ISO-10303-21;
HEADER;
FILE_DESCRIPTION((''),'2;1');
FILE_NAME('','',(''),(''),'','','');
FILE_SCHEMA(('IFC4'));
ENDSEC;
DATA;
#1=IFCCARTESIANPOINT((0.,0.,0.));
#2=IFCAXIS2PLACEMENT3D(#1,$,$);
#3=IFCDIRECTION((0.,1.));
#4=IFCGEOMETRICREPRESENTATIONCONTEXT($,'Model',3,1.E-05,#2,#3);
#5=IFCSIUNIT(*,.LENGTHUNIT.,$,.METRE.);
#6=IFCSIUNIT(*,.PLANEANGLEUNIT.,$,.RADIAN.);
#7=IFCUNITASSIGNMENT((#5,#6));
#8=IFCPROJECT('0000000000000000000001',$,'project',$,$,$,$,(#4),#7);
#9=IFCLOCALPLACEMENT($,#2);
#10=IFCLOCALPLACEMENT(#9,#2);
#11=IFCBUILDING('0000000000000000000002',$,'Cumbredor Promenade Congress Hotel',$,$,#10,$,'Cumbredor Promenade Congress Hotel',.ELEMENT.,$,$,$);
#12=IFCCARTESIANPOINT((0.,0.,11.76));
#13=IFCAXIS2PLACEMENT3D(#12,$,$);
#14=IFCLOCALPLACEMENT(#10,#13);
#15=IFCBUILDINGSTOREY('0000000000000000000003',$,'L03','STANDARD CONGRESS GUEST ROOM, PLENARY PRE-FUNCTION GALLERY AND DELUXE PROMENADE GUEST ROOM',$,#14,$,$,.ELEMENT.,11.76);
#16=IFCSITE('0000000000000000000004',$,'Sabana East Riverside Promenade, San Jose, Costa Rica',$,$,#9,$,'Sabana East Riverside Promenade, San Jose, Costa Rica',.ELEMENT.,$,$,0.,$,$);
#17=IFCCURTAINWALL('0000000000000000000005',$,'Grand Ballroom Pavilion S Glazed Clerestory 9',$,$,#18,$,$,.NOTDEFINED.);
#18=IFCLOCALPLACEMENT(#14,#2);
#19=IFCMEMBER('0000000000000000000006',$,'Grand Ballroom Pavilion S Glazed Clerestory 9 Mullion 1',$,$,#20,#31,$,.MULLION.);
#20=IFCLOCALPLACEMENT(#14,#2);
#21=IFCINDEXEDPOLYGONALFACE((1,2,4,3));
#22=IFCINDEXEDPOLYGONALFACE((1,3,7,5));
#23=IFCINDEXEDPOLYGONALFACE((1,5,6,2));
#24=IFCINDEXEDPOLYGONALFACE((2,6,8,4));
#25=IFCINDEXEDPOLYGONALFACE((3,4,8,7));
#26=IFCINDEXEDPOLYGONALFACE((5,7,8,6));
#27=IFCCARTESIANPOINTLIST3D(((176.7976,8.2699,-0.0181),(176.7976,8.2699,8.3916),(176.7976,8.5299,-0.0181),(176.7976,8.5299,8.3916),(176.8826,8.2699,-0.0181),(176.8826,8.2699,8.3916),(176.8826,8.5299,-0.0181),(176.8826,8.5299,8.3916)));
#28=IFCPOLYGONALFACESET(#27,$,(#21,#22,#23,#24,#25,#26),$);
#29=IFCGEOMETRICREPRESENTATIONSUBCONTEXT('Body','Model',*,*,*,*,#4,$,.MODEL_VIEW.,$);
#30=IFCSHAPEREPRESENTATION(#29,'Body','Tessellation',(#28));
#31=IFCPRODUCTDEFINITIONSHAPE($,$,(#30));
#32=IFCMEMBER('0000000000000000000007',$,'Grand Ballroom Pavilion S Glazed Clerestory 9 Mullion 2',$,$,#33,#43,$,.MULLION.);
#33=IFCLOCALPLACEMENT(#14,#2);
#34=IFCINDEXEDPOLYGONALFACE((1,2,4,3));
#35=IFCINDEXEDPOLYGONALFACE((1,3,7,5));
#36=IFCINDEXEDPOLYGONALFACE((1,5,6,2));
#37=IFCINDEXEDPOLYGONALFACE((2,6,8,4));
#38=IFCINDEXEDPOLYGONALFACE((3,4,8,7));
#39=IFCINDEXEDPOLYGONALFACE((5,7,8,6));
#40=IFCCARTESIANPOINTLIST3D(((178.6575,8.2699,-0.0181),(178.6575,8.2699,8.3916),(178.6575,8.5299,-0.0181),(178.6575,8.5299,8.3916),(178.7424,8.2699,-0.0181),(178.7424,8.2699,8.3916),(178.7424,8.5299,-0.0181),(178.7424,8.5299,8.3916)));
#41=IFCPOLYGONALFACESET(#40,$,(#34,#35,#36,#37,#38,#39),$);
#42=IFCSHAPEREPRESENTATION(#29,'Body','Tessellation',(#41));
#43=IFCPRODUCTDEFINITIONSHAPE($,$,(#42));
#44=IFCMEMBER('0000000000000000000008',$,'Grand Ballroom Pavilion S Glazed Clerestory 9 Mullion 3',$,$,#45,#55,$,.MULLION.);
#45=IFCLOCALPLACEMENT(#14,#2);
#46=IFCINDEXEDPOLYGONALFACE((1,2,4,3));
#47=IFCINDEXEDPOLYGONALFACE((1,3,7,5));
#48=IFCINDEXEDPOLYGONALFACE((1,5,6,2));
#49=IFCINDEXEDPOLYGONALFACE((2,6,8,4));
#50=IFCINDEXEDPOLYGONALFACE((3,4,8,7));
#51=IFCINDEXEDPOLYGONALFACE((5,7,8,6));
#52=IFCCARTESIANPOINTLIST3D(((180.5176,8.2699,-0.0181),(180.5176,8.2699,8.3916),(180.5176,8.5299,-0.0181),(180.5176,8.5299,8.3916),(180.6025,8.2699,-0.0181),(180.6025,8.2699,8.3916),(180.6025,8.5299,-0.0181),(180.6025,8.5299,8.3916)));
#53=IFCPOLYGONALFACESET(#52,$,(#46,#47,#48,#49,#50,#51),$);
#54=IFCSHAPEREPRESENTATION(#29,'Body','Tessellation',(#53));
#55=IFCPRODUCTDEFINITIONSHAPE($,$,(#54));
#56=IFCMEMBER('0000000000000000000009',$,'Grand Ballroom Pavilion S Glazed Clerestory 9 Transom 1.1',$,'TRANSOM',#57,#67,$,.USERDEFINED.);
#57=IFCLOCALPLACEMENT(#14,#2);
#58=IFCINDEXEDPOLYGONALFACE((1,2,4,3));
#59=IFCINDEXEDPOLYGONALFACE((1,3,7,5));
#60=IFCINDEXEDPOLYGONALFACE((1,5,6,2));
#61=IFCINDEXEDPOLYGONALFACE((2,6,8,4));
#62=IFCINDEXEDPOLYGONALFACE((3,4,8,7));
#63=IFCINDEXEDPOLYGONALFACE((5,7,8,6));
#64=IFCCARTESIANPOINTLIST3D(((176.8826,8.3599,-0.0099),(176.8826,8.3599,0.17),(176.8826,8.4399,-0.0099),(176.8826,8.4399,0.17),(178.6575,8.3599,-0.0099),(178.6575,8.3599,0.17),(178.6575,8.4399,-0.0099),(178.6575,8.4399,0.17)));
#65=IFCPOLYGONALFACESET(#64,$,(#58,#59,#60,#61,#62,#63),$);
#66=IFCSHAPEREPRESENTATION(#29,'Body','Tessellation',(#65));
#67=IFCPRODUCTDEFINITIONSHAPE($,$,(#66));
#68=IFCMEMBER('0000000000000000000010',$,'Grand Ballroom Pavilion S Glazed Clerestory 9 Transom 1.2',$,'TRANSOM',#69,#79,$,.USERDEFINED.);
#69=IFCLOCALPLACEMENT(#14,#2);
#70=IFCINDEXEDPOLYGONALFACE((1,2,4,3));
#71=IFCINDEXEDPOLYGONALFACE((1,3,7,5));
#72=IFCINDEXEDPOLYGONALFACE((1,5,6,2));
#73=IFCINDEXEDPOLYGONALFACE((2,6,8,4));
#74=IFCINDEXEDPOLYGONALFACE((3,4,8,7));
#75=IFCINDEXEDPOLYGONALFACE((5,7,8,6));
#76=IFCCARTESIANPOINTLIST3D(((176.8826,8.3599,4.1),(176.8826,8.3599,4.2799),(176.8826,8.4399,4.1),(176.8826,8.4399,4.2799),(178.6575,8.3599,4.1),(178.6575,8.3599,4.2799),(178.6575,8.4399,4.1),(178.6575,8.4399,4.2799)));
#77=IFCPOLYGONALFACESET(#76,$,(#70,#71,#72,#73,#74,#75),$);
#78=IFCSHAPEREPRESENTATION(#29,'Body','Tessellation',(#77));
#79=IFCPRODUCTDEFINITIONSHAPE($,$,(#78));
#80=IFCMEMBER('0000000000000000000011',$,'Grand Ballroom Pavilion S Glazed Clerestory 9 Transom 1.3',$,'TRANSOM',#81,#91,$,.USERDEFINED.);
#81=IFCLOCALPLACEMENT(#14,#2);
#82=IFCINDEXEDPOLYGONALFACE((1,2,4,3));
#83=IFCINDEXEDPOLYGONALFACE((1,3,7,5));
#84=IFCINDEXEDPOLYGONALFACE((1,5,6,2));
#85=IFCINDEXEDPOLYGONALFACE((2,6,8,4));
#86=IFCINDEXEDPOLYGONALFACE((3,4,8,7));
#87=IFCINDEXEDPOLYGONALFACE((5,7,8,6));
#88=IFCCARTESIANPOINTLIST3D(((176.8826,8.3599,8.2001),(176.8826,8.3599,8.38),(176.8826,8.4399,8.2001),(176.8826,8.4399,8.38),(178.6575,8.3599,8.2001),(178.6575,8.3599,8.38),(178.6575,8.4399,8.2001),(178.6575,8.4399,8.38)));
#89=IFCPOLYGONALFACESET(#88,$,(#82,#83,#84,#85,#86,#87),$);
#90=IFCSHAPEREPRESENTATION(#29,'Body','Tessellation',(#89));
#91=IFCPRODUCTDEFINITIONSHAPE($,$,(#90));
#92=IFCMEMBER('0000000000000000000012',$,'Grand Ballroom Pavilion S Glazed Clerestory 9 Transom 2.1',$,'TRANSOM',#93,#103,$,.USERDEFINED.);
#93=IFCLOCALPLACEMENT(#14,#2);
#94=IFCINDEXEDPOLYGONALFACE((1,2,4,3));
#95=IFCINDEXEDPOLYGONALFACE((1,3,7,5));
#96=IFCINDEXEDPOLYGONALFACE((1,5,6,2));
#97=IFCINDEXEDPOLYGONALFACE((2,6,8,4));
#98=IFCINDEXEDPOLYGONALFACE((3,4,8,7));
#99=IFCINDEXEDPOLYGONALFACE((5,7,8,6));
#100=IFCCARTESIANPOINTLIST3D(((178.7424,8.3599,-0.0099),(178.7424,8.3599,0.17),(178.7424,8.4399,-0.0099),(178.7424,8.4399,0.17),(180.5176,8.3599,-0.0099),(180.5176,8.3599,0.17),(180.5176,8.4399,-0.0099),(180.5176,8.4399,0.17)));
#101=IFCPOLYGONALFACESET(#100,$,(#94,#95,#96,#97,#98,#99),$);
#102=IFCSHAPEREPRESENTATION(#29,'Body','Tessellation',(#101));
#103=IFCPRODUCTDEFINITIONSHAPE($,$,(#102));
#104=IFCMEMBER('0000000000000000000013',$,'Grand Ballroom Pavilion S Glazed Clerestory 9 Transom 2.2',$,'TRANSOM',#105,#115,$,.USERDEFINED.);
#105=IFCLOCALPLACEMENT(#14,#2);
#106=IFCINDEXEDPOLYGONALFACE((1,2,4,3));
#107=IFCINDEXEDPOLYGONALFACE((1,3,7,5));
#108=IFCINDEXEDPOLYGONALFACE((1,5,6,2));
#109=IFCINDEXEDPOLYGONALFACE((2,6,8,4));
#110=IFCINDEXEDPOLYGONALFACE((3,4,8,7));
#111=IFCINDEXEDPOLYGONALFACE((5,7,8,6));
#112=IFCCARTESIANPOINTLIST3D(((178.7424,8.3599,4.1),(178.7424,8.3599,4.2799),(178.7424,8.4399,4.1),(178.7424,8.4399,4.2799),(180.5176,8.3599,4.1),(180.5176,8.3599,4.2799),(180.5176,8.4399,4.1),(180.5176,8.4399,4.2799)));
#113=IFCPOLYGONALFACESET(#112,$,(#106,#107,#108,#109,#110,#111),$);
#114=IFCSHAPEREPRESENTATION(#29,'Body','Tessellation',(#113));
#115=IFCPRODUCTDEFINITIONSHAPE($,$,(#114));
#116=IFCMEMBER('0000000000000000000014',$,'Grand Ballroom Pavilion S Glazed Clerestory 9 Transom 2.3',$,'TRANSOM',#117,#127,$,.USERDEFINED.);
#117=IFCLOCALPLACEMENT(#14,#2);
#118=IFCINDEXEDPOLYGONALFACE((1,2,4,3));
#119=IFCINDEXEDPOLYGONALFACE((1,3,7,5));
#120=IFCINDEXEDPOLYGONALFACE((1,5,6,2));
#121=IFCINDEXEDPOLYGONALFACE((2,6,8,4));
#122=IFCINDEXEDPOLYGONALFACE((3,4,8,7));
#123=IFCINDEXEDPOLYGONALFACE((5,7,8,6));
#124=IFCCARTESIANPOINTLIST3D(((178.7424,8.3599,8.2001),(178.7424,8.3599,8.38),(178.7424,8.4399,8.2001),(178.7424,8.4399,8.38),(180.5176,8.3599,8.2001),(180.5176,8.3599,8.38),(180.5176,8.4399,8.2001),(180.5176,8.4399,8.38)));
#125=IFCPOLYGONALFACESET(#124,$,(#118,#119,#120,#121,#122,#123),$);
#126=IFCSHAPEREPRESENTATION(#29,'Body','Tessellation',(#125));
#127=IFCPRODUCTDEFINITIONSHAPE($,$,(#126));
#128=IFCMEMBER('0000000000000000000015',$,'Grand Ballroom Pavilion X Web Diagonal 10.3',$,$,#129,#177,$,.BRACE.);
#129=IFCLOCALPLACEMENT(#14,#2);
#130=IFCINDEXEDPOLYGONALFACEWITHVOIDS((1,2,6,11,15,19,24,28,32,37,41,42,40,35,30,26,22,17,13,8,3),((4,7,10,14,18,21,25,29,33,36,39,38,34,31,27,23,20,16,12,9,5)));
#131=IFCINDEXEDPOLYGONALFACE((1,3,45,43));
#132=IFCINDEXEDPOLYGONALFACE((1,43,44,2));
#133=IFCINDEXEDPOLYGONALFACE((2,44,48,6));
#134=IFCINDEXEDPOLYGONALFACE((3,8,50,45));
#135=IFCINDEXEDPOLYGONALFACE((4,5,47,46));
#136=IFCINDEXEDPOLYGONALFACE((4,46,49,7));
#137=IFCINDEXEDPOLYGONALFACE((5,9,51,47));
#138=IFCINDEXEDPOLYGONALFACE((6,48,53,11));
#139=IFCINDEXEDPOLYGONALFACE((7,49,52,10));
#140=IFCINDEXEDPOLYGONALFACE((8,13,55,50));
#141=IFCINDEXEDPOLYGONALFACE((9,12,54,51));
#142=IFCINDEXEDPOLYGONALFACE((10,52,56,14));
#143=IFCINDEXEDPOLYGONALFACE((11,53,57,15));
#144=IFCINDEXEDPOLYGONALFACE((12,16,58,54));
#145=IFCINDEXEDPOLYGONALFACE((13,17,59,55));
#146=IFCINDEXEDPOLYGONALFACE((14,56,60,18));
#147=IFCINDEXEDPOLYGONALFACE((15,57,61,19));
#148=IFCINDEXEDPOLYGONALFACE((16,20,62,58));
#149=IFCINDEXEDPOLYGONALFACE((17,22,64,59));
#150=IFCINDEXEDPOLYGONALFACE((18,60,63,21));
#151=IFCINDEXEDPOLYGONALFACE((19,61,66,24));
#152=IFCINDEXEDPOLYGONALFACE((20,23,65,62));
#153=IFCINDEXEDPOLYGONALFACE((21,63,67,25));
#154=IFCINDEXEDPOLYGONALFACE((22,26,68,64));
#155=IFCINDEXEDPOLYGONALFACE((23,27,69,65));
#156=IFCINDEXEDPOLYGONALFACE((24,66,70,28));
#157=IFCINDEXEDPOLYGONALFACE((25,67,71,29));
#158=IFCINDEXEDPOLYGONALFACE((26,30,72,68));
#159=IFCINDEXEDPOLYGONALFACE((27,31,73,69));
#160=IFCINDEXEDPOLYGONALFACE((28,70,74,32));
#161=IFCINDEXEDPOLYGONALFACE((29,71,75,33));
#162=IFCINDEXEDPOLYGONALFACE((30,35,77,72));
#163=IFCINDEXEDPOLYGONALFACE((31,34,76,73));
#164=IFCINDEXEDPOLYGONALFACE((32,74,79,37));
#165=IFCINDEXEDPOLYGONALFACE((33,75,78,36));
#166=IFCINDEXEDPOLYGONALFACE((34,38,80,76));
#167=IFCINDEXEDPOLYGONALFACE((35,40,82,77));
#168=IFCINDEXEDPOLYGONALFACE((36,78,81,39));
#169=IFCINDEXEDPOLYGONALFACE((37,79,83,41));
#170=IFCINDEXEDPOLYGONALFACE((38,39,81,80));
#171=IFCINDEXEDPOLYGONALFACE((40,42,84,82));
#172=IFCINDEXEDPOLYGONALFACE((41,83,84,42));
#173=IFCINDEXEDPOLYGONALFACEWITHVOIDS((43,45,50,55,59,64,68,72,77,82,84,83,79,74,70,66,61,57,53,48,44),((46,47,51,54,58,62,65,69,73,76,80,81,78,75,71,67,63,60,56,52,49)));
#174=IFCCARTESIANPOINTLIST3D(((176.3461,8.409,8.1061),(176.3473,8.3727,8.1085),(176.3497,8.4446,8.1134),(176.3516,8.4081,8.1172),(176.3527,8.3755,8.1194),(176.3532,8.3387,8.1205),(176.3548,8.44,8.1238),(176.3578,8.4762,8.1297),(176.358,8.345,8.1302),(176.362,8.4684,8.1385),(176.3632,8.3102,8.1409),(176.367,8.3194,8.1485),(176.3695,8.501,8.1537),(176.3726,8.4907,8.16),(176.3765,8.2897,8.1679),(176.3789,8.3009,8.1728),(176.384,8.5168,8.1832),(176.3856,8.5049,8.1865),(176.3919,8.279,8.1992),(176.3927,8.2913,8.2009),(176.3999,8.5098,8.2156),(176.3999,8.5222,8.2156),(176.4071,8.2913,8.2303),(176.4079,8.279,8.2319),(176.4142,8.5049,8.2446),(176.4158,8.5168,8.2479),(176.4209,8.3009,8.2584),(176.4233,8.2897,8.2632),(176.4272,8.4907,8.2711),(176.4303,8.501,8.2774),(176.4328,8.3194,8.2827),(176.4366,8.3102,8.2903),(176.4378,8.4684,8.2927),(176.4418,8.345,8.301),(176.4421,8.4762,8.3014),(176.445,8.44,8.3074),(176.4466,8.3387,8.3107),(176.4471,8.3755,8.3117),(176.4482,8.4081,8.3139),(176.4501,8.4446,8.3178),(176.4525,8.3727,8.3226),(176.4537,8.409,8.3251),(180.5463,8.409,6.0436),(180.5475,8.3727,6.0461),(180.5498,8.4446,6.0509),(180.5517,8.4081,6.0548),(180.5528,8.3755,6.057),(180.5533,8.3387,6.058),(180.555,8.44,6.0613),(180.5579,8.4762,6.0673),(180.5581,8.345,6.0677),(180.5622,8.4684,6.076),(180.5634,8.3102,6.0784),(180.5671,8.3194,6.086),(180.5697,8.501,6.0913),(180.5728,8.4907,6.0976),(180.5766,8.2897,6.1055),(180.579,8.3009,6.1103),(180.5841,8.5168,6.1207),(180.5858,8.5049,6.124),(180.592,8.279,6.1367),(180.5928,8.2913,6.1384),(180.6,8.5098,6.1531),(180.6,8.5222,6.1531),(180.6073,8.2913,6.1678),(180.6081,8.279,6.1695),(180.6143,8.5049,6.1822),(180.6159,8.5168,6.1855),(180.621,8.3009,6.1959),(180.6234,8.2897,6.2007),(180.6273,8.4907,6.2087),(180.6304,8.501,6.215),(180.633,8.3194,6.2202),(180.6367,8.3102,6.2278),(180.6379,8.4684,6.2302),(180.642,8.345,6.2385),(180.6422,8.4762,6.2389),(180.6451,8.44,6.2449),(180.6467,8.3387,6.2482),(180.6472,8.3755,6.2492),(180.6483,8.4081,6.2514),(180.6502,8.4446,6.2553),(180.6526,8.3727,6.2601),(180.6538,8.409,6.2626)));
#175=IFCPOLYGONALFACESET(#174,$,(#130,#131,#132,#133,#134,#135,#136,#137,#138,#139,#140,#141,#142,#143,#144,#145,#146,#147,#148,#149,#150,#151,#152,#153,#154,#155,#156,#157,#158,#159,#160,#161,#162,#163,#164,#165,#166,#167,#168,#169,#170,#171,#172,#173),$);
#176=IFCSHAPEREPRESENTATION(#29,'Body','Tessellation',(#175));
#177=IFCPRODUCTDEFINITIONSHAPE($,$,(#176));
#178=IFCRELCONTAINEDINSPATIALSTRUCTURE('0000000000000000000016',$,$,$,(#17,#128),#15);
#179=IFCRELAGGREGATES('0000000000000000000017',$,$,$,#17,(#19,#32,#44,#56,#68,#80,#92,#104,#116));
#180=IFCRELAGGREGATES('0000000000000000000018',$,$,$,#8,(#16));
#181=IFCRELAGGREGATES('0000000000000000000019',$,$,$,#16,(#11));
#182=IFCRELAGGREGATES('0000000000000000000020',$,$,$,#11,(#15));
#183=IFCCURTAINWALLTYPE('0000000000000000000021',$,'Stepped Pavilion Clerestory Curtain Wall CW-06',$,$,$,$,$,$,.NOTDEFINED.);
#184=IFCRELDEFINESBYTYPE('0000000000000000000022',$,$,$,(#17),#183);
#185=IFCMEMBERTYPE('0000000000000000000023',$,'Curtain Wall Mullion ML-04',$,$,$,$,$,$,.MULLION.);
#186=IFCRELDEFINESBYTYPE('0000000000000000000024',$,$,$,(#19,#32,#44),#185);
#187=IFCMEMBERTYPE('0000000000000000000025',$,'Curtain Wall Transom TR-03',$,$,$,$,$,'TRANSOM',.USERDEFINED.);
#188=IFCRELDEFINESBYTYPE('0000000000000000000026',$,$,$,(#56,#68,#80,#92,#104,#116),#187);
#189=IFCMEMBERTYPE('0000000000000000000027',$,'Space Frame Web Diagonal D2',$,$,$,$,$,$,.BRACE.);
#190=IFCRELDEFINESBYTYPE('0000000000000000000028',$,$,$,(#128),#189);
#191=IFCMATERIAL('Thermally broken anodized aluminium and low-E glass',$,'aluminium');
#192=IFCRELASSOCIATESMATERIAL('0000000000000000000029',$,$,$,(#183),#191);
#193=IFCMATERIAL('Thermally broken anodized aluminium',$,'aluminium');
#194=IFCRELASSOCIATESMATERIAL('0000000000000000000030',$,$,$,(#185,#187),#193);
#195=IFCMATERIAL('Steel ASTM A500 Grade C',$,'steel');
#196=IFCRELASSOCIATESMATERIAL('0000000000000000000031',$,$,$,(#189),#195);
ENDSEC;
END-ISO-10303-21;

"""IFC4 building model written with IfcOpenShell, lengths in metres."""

from ifc_helpers import new_model, si_unit, direction, frame, origin, origin_2d, place, context, subcontext, project, spatial, rectangle, hollow_circle, extrude, material, material_profile, profile_set, type_object, element, aggregate, save


model = new_model("IFC4")

# Units and contexts
model_context = context("Model", 3, precision=1e-05, world=origin(), true_north=direction((0.0, 1.0)))
body_context = subcontext(model_context, "Body", "Model", "MODEL_VIEW")
ifc_project = project(units=[si_unit("LENGTHUNIT", "METRE"), si_unit("PLANEANGLEUNIT", "RADIAN")], contexts=[model_context])

# Site, building, storey
site_placement = place(None, origin())
site = spatial("IfcSite", under=ifc_project, at=site_placement, Name="Sabana East Riverside Promenade, San Jose, Costa Rica", LongName="Sabana East Riverside Promenade, San Jose, Costa Rica", CompositionType="ELEMENT", RefElevation=0.0)
building_placement = place(site_placement, origin())
building = spatial("IfcBuilding", under=site, at=building_placement, Name="Cumbredor Promenade Congress Hotel", LongName="Cumbredor Promenade Congress Hotel", CompositionType="ELEMENT")
storey_placement = place(building_placement, frame((0.0, 0.0, 11.76)))
storey = spatial("IfcBuildingStorey", under=building, at=storey_placement, Name="L03", Description="STANDARD CONGRESS GUEST ROOM, PLENARY PRE-FUNCTION GALLERY AND DELUXE PROMENADE GUEST ROOM", CompositionType="ELEMENT", Elevation=11.76)

# Shared definitions
ifc_material_1 = material(Name="Steel ASTM A500 Grade C", Category="steel")

# Curtain wall, members
ifc_material_2 = material(Name="Thermally broken anodized aluminium and low-E glass", Category="aluminium")
curtain_wall_type = type_object("IfcCurtainWallType", Name="Stepped Pavilion Clerestory Curtain Wall CW-06", PredefinedType="NOTDEFINED", material=ifc_material_2)
curtain_wall_placement = place(storey_placement, origin())
curtain_wall = element("IfcCurtainWall", 1, at=curtain_wall_placement, inside=storey, type_object=curtain_wall_type, Name="Grand Ballroom Pavilion S Glazed Clerestory 9", PredefinedType="NOTDEFINED")
ifc_material_3 = material(Name="Thermally broken anodized aluminium", Category="aluminium")
ifc_material_profile_1 = material_profile(ifc_material_3, rectangle(XDim=0.085, YDim=0.26, at=origin_2d()), Name="ALU MULLION CLERESTORY 85x260")
ifc_profile_set_1 = profile_set([ifc_material_profile_1], Name="Thermally broken anodized aluminium")
member_type_1 = type_object("IfcMemberType", Name="Curtain Wall Mullion ML-04", PredefinedType="MULLION", material=ifc_profile_set_1)
member_1_placement = place(storey_placement, frame((176.8401, 8.3999, -0.0181), z_axis=(0.0, 0.0, 1.0), x_axis=(1.0, 0.0, 0.0)))
member_1 = element("IfcMember", 2, at=member_1_placement, type_object=member_type_1, Name="Grand Ballroom Pavilion S Glazed Clerestory 9 Mullion 1", PredefinedType="MULLION", context=body_context, shape_type="SweptSolid", body=[
    extrude(rectangle(XDim=0.085, YDim=0.26, at=origin_2d()), origin(), (0.0, 0.0, 1.0), 8.4097),
])
member_2_placement = place(storey_placement, frame((178.7, 8.3999, -0.0181), z_axis=(0.0, 0.0, 1.0), x_axis=(1.0, 0.0, 0.0)))
member_2 = element("IfcMember", 3, at=member_2_placement, type_object=member_type_1, Name="Grand Ballroom Pavilion S Glazed Clerestory 9 Mullion 2", PredefinedType="MULLION", context=body_context, shape_type="SweptSolid", body=[
    extrude(rectangle(XDim=0.085, YDim=0.26, at=origin_2d()), origin(), (0.0, 0.0, 1.0), 8.4097),
])
member_3_placement = place(storey_placement, frame((180.5601, 8.3999, -0.0181), z_axis=(0.0, 0.0, 1.0), x_axis=(1.0, 0.0, 0.0)))
member_3 = element("IfcMember", 4, at=member_3_placement, type_object=member_type_1, Name="Grand Ballroom Pavilion S Glazed Clerestory 9 Mullion 3", PredefinedType="MULLION", context=body_context, shape_type="SweptSolid", body=[
    extrude(rectangle(XDim=0.085, YDim=0.26, at=origin_2d()), origin(), (0.0, 0.0, 1.0), 8.4097),
])
ifc_material_profile_2 = material_profile(ifc_material_3, rectangle(XDim=0.0801, YDim=0.1799, at=origin_2d()), Name="ALU TRANSOM 80x180")
ifc_profile_set_2 = profile_set([ifc_material_profile_2], Name="Thermally broken anodized aluminium")
member_type_2 = type_object("IfcMemberType", Name="Curtain Wall Transom TR-03", ElementType="TRANSOM", PredefinedType="USERDEFINED", material=ifc_profile_set_2)
member_4_placement = place(storey_placement, frame((176.8826, 8.3999, 0.0801), z_axis=(1.0, 0.0, 0.0), x_axis=(0.0, 1.0, 0.0)))
member_4 = element("IfcMember", 5, at=member_4_placement, type_object=member_type_2, Name="Grand Ballroom Pavilion S Glazed Clerestory 9 Transom 1.1", ObjectType="TRANSOM", PredefinedType="USERDEFINED", context=body_context, shape_type="SweptSolid", body=[
    extrude(rectangle(XDim=0.0801, YDim=0.1799, at=origin_2d()), origin(), (0.0, 0.0, 1.0), 1.7749),
])
member_5_placement = place(storey_placement, frame((176.8826, 8.3999, 4.1899), z_axis=(1.0, 0.0, 0.0), x_axis=(0.0, 1.0, 0.0)))
member_5 = element("IfcMember", 6, at=member_5_placement, type_object=member_type_2, Name="Grand Ballroom Pavilion S Glazed Clerestory 9 Transom 1.2", ObjectType="TRANSOM", PredefinedType="USERDEFINED", context=body_context, shape_type="SweptSolid", body=[
    extrude(rectangle(XDim=0.0801, YDim=0.1799, at=origin_2d()), origin(), (0.0, 0.0, 1.0), 1.7749),
])
member_6_placement = place(storey_placement, frame((176.8826, 8.3999, 8.29), z_axis=(1.0, 0.0, 0.0), x_axis=(0.0, 1.0, 0.0)))
member_6 = element("IfcMember", 7, at=member_6_placement, type_object=member_type_2, Name="Grand Ballroom Pavilion S Glazed Clerestory 9 Transom 1.3", ObjectType="TRANSOM", PredefinedType="USERDEFINED", context=body_context, shape_type="SweptSolid", body=[
    extrude(rectangle(XDim=0.0801, YDim=0.1799, at=origin_2d()), origin(), (0.0, 0.0, 1.0), 1.7749),
])
member_7_placement = place(storey_placement, frame((178.7424, 8.3999, 0.0801), z_axis=(1.0, 0.0, 0.0), x_axis=(0.0, 1.0, 0.0)))
member_7 = element("IfcMember", 8, at=member_7_placement, type_object=member_type_2, Name="Grand Ballroom Pavilion S Glazed Clerestory 9 Transom 2.1", ObjectType="TRANSOM", PredefinedType="USERDEFINED", context=body_context, shape_type="SweptSolid", body=[
    extrude(rectangle(XDim=0.0801, YDim=0.1799, at=origin_2d()), origin(), (0.0, 0.0, 1.0), 1.7751),
])
member_8_placement = place(storey_placement, frame((178.7424, 8.3999, 4.1899), z_axis=(1.0, 0.0, 0.0), x_axis=(0.0, 1.0, 0.0)))
member_8 = element("IfcMember", 9, at=member_8_placement, type_object=member_type_2, Name="Grand Ballroom Pavilion S Glazed Clerestory 9 Transom 2.2", ObjectType="TRANSOM", PredefinedType="USERDEFINED", context=body_context, shape_type="SweptSolid", body=[
    extrude(rectangle(XDim=0.0801, YDim=0.1799, at=origin_2d()), origin(), (0.0, 0.0, 1.0), 1.7751),
])
member_9_placement = place(storey_placement, frame((178.7424, 8.3999, 8.29), z_axis=(1.0, 0.0, 0.0), x_axis=(0.0, 1.0, 0.0)))
member_9 = element("IfcMember", 10, at=member_9_placement, type_object=member_type_2, Name="Grand Ballroom Pavilion S Glazed Clerestory 9 Transom 2.3", ObjectType="TRANSOM", PredefinedType="USERDEFINED", context=body_context, shape_type="SweptSolid", body=[
    extrude(rectangle(XDim=0.0801, YDim=0.1799, at=origin_2d()), origin(), (0.0, 0.0, 1.0), 1.7751),
])

# Member
ifc_material_profile_3 = material_profile(ifc_material_1, hollow_circle(Radius=0.1223, WallThickness=0.0125, at=origin_2d()), Name="CHS 244.5x12.5")
ifc_profile_set_3 = profile_set([ifc_material_profile_3], Name="Steel ASTM A500 Grade C")
member_type_3 = type_object("IfcMemberType", Name="Space Frame Web Diagonal D2", PredefinedType="BRACE", material=ifc_profile_set_3)
member_10_placement = place(storey_placement, frame((176.3999, 8.3999, 8.2156), z_axis=(0.897618, 0.0, -0.440774), x_axis=(0.0, 1.0, 0.0)))
element("IfcMember", 11, at=member_10_placement, inside=storey, type_object=member_type_3, Name="Grand Ballroom Pavilion X Web Diagonal 10.3", PredefinedType="BRACE", context=body_context, shape_type="SweptSolid", body=[
    extrude(hollow_circle(Radius=0.1223, WallThickness=0.0125, at=origin_2d()), origin(), (0.0, 0.0, 1.0), 4.6792),
])

aggregate(curtain_wall, [member_1, member_2, member_3, member_4, member_5, member_6, member_7, member_8, member_9])

save(model, "model.ifc")
